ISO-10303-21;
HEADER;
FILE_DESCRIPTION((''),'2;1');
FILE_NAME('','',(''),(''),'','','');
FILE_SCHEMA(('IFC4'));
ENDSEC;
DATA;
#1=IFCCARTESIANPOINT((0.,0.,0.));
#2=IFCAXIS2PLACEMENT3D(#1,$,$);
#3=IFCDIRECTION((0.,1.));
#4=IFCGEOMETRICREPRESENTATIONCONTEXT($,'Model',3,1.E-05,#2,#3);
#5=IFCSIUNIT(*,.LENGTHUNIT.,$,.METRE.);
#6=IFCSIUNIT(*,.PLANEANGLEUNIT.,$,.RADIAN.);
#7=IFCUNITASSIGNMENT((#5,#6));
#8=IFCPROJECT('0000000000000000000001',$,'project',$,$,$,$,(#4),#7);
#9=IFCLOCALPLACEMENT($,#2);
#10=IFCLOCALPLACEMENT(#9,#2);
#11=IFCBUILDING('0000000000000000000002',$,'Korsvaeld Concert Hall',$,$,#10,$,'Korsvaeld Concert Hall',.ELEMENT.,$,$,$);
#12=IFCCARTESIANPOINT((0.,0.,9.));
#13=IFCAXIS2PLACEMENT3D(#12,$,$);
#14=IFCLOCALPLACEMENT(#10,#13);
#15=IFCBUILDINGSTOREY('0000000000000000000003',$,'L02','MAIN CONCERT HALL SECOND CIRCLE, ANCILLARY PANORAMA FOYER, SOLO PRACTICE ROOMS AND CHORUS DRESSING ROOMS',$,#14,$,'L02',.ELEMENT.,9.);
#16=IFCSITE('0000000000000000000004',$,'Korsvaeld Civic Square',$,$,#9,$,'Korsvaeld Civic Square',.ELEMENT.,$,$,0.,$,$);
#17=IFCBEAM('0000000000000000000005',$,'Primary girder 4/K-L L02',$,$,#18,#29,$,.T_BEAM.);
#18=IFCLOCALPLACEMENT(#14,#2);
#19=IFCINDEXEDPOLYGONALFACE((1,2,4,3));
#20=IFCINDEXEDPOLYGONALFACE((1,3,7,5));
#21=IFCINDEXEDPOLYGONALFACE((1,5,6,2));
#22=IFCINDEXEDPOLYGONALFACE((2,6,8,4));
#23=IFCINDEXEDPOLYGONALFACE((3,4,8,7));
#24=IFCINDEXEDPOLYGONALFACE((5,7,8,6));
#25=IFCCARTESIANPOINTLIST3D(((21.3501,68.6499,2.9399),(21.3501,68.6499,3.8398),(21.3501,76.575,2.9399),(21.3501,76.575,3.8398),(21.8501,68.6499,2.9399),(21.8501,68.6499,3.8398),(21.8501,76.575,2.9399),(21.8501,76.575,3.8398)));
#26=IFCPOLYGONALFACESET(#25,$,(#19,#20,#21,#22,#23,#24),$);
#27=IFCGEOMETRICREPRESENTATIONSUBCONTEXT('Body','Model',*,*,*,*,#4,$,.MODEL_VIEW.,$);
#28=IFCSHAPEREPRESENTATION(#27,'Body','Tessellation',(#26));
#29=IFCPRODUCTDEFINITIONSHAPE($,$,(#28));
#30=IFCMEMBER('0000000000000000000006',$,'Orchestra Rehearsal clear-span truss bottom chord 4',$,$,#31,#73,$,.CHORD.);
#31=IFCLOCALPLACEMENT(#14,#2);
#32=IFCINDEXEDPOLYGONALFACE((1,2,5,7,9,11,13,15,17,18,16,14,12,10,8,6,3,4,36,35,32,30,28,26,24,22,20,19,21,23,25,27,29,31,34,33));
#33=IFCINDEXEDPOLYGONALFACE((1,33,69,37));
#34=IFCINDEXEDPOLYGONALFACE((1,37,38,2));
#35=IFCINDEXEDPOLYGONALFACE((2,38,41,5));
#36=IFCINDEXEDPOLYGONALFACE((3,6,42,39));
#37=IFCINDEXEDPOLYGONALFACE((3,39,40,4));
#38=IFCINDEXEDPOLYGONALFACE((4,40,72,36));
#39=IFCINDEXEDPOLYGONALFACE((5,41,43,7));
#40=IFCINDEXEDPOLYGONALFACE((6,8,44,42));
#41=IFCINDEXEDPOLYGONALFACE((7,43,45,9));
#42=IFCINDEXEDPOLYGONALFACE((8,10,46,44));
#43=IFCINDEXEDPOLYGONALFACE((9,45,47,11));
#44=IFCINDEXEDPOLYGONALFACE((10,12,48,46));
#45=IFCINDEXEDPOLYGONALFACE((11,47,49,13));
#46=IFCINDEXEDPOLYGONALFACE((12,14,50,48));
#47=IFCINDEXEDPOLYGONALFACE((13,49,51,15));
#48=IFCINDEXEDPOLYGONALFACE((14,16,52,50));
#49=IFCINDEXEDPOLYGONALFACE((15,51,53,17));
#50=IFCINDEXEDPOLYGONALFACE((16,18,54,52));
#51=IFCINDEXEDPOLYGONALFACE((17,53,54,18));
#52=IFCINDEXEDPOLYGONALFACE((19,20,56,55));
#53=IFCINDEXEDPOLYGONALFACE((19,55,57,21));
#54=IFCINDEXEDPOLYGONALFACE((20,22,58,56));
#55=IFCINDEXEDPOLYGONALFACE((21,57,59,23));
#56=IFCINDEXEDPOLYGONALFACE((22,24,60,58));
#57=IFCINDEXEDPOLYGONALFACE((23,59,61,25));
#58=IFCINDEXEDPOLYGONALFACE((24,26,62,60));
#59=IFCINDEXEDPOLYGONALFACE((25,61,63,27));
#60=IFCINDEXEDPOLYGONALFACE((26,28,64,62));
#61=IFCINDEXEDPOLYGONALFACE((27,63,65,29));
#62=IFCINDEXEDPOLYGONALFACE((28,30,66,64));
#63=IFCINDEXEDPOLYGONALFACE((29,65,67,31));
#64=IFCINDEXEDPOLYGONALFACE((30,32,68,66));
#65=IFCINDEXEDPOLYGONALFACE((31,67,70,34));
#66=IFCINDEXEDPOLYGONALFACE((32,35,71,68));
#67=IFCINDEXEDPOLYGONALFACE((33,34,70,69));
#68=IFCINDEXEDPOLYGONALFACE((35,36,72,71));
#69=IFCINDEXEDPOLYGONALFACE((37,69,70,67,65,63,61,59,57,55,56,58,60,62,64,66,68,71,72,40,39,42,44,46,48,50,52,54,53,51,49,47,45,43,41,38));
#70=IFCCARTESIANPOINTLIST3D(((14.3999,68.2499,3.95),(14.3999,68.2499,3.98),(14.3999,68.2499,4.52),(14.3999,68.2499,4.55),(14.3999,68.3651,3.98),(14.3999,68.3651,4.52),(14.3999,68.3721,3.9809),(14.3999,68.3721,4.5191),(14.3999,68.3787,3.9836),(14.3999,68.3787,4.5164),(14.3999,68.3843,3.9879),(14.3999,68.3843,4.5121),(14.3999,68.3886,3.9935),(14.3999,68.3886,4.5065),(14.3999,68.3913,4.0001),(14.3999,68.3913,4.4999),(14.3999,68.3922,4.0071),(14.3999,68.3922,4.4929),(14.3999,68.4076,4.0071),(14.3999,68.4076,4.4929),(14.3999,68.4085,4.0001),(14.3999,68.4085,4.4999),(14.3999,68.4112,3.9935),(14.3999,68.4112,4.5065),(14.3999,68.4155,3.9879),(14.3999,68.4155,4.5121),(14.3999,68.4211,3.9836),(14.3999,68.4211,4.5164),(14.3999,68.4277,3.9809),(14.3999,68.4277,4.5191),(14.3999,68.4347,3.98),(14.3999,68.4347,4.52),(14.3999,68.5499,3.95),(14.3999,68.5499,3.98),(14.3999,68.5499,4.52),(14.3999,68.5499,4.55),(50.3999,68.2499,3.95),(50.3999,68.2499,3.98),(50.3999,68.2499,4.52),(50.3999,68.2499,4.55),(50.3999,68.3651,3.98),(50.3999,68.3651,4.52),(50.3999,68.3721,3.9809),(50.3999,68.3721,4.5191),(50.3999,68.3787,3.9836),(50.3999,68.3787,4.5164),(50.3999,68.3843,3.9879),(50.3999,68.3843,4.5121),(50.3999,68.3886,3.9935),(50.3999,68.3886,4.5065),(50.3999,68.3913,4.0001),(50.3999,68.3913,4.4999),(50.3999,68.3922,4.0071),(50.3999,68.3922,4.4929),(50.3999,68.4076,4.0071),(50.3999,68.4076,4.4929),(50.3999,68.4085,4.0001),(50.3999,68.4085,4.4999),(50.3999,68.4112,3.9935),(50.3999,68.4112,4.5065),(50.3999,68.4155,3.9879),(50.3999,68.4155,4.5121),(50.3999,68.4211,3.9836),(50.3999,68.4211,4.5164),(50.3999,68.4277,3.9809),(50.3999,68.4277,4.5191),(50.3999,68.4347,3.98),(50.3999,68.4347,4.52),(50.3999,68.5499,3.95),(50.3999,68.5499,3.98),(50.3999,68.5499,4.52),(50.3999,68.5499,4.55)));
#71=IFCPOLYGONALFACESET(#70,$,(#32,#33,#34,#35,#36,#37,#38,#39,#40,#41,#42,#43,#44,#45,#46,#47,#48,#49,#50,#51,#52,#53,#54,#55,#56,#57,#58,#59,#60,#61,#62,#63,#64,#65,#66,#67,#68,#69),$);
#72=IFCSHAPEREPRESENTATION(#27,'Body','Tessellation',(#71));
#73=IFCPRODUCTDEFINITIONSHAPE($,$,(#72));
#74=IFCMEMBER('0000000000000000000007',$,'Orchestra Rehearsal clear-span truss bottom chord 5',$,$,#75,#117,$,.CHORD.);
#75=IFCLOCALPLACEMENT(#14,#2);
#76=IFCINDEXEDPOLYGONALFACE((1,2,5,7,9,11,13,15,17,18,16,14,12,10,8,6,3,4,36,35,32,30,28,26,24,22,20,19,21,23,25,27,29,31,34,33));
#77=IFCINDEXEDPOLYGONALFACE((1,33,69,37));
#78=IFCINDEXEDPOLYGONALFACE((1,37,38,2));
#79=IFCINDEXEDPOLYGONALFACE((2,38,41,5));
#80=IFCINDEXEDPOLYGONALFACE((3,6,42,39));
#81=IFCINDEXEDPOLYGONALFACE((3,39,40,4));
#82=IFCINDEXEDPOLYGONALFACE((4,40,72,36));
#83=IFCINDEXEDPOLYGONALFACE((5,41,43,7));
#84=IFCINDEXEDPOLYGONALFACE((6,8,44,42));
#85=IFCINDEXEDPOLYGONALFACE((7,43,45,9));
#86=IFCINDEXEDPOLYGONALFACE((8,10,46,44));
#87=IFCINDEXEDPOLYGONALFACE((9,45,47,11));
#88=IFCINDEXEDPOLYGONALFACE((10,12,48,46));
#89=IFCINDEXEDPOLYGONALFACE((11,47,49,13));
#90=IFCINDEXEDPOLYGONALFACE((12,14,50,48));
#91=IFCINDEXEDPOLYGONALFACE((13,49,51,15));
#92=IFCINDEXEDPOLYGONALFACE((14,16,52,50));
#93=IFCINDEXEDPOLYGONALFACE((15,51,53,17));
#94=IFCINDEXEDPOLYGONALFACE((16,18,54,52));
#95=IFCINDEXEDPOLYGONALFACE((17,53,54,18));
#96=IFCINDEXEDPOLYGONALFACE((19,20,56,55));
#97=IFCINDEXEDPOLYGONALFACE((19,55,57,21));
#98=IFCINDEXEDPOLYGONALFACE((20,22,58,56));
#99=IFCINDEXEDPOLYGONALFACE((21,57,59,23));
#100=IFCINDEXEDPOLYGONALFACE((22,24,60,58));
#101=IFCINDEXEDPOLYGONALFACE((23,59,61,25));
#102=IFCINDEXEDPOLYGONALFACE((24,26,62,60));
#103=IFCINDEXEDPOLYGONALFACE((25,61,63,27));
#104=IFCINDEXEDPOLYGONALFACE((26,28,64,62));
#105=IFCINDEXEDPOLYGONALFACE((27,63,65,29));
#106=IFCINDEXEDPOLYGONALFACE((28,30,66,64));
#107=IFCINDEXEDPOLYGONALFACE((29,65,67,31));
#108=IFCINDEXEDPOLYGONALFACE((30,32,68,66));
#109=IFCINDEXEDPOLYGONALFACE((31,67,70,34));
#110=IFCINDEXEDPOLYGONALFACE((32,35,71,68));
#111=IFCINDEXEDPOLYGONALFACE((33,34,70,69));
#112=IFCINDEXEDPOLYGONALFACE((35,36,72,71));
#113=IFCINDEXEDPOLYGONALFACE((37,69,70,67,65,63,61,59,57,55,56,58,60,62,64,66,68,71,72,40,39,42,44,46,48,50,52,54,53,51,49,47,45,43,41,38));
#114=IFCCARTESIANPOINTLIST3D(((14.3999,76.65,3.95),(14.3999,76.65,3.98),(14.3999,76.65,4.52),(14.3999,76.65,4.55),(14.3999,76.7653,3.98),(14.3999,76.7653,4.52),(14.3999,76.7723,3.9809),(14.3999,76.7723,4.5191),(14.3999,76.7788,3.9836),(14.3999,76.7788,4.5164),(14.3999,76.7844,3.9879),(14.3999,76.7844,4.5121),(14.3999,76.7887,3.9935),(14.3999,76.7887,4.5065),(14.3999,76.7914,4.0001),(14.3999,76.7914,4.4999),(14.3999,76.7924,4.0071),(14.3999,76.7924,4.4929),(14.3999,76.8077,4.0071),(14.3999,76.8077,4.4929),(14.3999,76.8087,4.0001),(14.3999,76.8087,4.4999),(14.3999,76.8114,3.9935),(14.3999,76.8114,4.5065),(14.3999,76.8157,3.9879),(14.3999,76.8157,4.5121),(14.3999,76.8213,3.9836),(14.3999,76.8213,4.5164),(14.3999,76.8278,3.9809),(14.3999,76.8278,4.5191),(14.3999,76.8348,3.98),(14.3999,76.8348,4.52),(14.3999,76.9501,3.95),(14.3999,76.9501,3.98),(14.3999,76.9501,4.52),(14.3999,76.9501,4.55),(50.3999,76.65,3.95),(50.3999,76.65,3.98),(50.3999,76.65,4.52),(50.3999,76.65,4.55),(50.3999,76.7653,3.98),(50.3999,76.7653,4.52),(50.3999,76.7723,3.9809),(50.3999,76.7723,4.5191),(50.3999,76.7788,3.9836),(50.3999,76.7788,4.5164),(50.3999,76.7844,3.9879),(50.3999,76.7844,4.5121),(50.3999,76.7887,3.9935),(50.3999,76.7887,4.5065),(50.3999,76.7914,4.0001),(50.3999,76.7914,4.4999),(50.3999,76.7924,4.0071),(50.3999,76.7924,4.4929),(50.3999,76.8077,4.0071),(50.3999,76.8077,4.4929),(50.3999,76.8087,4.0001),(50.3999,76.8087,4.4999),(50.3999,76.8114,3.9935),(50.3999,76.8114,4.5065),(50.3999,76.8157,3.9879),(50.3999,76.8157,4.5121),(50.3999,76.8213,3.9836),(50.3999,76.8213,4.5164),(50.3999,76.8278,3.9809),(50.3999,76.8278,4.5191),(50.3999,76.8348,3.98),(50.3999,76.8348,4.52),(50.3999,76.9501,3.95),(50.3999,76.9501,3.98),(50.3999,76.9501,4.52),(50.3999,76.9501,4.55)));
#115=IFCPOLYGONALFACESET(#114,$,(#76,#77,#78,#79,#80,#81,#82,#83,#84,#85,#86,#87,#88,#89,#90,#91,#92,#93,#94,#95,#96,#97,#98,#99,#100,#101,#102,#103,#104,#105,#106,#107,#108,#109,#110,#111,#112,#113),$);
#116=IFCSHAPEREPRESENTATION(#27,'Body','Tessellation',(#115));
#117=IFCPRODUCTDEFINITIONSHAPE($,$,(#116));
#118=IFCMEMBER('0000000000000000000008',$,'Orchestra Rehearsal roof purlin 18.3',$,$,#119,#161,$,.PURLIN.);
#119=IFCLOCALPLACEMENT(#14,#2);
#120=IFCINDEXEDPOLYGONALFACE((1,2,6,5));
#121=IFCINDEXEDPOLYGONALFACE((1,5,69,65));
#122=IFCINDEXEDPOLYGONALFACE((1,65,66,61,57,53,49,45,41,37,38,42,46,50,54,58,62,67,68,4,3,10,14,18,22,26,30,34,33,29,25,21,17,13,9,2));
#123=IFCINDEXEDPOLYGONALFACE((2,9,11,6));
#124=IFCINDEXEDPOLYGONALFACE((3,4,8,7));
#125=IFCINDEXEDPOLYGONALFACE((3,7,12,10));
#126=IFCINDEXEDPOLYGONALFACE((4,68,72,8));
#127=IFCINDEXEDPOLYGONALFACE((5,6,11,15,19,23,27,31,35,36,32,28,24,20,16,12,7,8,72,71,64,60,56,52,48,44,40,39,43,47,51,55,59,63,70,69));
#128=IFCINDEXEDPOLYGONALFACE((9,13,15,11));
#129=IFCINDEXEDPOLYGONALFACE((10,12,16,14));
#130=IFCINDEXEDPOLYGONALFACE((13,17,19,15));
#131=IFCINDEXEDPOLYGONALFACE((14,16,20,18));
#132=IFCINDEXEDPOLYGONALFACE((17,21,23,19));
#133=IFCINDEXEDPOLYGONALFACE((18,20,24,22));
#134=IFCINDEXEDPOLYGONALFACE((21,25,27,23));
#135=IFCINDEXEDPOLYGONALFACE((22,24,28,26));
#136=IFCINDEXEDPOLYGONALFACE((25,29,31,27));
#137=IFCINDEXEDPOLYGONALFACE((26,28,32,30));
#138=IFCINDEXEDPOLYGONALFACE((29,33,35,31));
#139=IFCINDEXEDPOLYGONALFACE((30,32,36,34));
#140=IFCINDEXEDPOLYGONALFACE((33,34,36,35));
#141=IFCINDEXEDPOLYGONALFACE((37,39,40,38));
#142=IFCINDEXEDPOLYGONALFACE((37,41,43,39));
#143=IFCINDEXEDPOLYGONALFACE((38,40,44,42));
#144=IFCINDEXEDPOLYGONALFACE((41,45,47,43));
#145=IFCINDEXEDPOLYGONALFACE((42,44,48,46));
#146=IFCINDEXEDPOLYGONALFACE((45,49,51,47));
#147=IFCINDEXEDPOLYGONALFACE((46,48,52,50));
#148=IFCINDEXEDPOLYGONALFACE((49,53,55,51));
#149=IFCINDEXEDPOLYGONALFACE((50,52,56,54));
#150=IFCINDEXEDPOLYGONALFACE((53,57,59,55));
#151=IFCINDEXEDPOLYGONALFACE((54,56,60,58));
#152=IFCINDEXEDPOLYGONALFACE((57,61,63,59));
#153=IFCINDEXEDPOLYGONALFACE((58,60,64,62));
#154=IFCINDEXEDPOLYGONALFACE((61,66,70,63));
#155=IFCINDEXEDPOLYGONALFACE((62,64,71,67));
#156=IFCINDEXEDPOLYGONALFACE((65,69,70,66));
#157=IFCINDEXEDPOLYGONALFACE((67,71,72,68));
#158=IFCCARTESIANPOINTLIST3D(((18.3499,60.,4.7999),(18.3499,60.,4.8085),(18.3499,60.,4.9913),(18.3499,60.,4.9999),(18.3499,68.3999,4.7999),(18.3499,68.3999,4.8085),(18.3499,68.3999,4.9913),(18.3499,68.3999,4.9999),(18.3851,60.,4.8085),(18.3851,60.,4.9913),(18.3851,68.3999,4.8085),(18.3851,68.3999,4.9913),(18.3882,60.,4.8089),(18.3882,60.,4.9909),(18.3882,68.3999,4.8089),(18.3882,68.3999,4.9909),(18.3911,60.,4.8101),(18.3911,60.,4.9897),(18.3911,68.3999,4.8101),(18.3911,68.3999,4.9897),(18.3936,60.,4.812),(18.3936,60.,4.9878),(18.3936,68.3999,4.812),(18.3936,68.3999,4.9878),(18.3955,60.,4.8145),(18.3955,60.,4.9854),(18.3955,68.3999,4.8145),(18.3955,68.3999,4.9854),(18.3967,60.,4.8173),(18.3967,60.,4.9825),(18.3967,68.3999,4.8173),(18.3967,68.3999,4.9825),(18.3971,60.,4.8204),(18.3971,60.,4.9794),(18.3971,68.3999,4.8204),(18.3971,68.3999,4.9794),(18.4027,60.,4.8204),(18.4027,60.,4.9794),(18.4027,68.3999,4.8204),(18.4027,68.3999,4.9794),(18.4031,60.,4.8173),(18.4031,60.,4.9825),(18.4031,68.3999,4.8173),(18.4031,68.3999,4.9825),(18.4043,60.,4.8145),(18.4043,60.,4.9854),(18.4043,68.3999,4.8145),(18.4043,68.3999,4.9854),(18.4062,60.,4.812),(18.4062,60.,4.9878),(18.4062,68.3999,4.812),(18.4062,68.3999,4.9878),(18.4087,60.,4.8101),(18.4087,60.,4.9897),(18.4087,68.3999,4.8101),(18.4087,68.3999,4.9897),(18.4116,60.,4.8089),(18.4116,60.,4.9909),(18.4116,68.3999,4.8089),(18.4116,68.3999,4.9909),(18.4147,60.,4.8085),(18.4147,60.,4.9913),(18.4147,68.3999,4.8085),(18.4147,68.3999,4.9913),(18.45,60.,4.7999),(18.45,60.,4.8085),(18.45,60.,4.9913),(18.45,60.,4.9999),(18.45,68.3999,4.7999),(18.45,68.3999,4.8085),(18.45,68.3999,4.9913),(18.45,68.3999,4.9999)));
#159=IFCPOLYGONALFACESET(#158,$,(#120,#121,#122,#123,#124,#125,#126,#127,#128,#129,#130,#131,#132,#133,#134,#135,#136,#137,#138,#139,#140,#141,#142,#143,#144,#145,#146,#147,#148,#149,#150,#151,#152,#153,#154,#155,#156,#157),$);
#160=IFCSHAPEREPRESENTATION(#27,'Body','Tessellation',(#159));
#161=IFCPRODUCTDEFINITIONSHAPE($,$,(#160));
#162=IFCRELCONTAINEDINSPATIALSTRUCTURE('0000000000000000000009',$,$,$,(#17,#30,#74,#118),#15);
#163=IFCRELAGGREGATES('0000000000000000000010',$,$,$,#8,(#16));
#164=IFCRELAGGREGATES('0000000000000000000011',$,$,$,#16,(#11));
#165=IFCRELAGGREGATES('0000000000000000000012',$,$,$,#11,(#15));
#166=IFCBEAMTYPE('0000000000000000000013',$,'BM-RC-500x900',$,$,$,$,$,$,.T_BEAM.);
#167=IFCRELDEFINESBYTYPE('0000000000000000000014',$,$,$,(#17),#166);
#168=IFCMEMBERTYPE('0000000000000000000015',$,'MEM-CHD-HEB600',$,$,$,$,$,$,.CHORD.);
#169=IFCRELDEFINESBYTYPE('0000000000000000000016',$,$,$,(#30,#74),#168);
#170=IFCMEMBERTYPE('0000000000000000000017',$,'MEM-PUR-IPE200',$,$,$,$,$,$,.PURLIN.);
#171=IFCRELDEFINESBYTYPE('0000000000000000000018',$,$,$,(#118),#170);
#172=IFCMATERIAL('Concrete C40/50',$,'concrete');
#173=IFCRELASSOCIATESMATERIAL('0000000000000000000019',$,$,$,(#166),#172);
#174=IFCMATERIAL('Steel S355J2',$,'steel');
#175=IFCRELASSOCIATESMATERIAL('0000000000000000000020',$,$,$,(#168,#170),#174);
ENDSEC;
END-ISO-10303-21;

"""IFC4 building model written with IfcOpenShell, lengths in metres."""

from ifc_helpers import new_model, si_unit, direction, frame, origin, origin_2d, place, context, subcontext, project, spatial, rectangle, i_section, extrude, material, material_profile, profile_set, type_object, element, save


model = new_model("IFC4")

# Units and contexts
model_context = context("Model", 3, precision=1e-05, world=origin(), true_north=direction((0.0, 1.0)))
body_context = subcontext(model_context, "Body", "Model", "MODEL_VIEW")
ifc_project = project(units=[si_unit("LENGTHUNIT", "METRE"), si_unit("PLANEANGLEUNIT", "RADIAN")], contexts=[model_context])

# Site, building, storey
site_placement = place(None, origin())
site = spatial("IfcSite", under=ifc_project, at=site_placement, Name="Korsvaeld Civic Square", LongName="Korsvaeld Civic Square", CompositionType="ELEMENT", RefElevation=0.0)
building_placement = place(site_placement, origin())
building = spatial("IfcBuilding", under=site, at=building_placement, Name="Korsvaeld Concert Hall", LongName="Korsvaeld Concert Hall", CompositionType="ELEMENT")
storey_placement = place(building_placement, frame((0.0, 0.0, 9.0)))
storey = spatial("IfcBuildingStorey", under=building, at=storey_placement, Name="L02", Description="MAIN CONCERT HALL SECOND CIRCLE, ANCILLARY PANORAMA FOYER, SOLO PRACTICE ROOMS AND CHORUS DRESSING ROOMS", LongName="L02", CompositionType="ELEMENT", Elevation=9.0)

# Shared definitions
ifc_material_1 = material(Name="Concrete C40/50", Category="concrete")

# Beam
ifc_material_profile_1 = material_profile(ifc_material_1, rectangle(XDim=0.5, YDim=0.8999, at=origin_2d()), Name="RC 500x900")
ifc_profile_set_1 = profile_set([ifc_material_profile_1], Name="Concrete C40/50")
beam_type_1 = type_object("IfcBeamType", Name="BM-RC-500x900", PredefinedType="T_BEAM", material=ifc_profile_set_1)
beam_1_placement = place(storey_placement, frame((21.6001, 68.6499, 3.3899), z_axis=(0.0, 1.0, 0.0), x_axis=(-1.0, 0.0, 0.0)))
element("IfcBeam", 1, at=beam_1_placement, inside=storey, type_object=beam_type_1, Name="Primary girder 4/K-L L02", PredefinedType="T_BEAM", context=body_context, shape_type="SweptSolid", body=[
    extrude(rectangle(XDim=0.5, YDim=0.8999, at=origin_2d()), origin(), (0.0, 0.0, 1.0), 7.925),
])

# Members
ifc_material_2 = material(Name="Steel S355J2", Category="steel")
ifc_material_profile_2 = material_profile(ifc_material_2, i_section(OverallWidth=0.3, OverallDepth=0.6001, WebThickness=0.0154, FlangeThickness=0.03, FilletRadius=0.0271, at=origin_2d()), Name="HEB 600")
ifc_profile_set_2 = profile_set([ifc_material_profile_2], Name="Steel S355J2")
member_type_1 = type_object("IfcMemberType", Name="MEM-CHD-HEB600", PredefinedType="CHORD", material=ifc_profile_set_2)
for number, where, z_axis, x_axis, name in (
    (2, (14.3999, 68.3999, 4.25), (1.0, 0.0, 0.0), (0.0, 1.0, 0.0), "Orchestra Rehearsal clear-span truss bottom chord 4"),
    (3, (14.3999, 76.8, 4.25), (1.0, 0.0, 0.0), (0.0, 1.0, 0.0), "Orchestra Rehearsal clear-span truss bottom chord 5"),
):
    element("IfcMember", number, at=place(storey_placement, frame(where, z_axis=z_axis, x_axis=x_axis)), inside=storey, type_object=member_type_1, Name=name, PredefinedType="CHORD", context=body_context, shape_type="SweptSolid", body=[
        extrude(i_section(OverallWidth=0.3, OverallDepth=0.6001, WebThickness=0.0154, FlangeThickness=0.03, FilletRadius=0.0271, at=origin_2d()), origin(), (0.0, 0.0, 1.0), 36.0),
    ])
ifc_material_profile_3 = material_profile(ifc_material_2, i_section(OverallWidth=0.1001, OverallDepth=0.2, WebThickness=0.0056, FlangeThickness=0.0085, FilletRadius=0.012, at=origin_2d()), Name="IPE 200")
ifc_profile_set_3 = profile_set([ifc_material_profile_3], Name="Steel S355J2")
member_type_2 = type_object("IfcMemberType", Name="MEM-PUR-IPE200", PredefinedType="PURLIN", material=ifc_profile_set_3)
member_1_placement = place(storey_placement, frame((18.3999, 60.0, 4.8999), z_axis=(0.0, 1.0, 0.0), x_axis=(-1.0, 0.0, 0.0)))
element("IfcMember", 4, at=member_1_placement, inside=storey, type_object=member_type_2, Name="Orchestra Rehearsal roof purlin 18.3", PredefinedType="PURLIN", context=body_context, shape_type="SweptSolid", body=[
    extrude(i_section(OverallWidth=0.1001, OverallDepth=0.2, WebThickness=0.0056, FlangeThickness=0.0085, FilletRadius=0.012, at=origin_2d()), origin(), (0.0, 0.0, 1.0), 8.3999),
])

save(model, "model.ifc")
